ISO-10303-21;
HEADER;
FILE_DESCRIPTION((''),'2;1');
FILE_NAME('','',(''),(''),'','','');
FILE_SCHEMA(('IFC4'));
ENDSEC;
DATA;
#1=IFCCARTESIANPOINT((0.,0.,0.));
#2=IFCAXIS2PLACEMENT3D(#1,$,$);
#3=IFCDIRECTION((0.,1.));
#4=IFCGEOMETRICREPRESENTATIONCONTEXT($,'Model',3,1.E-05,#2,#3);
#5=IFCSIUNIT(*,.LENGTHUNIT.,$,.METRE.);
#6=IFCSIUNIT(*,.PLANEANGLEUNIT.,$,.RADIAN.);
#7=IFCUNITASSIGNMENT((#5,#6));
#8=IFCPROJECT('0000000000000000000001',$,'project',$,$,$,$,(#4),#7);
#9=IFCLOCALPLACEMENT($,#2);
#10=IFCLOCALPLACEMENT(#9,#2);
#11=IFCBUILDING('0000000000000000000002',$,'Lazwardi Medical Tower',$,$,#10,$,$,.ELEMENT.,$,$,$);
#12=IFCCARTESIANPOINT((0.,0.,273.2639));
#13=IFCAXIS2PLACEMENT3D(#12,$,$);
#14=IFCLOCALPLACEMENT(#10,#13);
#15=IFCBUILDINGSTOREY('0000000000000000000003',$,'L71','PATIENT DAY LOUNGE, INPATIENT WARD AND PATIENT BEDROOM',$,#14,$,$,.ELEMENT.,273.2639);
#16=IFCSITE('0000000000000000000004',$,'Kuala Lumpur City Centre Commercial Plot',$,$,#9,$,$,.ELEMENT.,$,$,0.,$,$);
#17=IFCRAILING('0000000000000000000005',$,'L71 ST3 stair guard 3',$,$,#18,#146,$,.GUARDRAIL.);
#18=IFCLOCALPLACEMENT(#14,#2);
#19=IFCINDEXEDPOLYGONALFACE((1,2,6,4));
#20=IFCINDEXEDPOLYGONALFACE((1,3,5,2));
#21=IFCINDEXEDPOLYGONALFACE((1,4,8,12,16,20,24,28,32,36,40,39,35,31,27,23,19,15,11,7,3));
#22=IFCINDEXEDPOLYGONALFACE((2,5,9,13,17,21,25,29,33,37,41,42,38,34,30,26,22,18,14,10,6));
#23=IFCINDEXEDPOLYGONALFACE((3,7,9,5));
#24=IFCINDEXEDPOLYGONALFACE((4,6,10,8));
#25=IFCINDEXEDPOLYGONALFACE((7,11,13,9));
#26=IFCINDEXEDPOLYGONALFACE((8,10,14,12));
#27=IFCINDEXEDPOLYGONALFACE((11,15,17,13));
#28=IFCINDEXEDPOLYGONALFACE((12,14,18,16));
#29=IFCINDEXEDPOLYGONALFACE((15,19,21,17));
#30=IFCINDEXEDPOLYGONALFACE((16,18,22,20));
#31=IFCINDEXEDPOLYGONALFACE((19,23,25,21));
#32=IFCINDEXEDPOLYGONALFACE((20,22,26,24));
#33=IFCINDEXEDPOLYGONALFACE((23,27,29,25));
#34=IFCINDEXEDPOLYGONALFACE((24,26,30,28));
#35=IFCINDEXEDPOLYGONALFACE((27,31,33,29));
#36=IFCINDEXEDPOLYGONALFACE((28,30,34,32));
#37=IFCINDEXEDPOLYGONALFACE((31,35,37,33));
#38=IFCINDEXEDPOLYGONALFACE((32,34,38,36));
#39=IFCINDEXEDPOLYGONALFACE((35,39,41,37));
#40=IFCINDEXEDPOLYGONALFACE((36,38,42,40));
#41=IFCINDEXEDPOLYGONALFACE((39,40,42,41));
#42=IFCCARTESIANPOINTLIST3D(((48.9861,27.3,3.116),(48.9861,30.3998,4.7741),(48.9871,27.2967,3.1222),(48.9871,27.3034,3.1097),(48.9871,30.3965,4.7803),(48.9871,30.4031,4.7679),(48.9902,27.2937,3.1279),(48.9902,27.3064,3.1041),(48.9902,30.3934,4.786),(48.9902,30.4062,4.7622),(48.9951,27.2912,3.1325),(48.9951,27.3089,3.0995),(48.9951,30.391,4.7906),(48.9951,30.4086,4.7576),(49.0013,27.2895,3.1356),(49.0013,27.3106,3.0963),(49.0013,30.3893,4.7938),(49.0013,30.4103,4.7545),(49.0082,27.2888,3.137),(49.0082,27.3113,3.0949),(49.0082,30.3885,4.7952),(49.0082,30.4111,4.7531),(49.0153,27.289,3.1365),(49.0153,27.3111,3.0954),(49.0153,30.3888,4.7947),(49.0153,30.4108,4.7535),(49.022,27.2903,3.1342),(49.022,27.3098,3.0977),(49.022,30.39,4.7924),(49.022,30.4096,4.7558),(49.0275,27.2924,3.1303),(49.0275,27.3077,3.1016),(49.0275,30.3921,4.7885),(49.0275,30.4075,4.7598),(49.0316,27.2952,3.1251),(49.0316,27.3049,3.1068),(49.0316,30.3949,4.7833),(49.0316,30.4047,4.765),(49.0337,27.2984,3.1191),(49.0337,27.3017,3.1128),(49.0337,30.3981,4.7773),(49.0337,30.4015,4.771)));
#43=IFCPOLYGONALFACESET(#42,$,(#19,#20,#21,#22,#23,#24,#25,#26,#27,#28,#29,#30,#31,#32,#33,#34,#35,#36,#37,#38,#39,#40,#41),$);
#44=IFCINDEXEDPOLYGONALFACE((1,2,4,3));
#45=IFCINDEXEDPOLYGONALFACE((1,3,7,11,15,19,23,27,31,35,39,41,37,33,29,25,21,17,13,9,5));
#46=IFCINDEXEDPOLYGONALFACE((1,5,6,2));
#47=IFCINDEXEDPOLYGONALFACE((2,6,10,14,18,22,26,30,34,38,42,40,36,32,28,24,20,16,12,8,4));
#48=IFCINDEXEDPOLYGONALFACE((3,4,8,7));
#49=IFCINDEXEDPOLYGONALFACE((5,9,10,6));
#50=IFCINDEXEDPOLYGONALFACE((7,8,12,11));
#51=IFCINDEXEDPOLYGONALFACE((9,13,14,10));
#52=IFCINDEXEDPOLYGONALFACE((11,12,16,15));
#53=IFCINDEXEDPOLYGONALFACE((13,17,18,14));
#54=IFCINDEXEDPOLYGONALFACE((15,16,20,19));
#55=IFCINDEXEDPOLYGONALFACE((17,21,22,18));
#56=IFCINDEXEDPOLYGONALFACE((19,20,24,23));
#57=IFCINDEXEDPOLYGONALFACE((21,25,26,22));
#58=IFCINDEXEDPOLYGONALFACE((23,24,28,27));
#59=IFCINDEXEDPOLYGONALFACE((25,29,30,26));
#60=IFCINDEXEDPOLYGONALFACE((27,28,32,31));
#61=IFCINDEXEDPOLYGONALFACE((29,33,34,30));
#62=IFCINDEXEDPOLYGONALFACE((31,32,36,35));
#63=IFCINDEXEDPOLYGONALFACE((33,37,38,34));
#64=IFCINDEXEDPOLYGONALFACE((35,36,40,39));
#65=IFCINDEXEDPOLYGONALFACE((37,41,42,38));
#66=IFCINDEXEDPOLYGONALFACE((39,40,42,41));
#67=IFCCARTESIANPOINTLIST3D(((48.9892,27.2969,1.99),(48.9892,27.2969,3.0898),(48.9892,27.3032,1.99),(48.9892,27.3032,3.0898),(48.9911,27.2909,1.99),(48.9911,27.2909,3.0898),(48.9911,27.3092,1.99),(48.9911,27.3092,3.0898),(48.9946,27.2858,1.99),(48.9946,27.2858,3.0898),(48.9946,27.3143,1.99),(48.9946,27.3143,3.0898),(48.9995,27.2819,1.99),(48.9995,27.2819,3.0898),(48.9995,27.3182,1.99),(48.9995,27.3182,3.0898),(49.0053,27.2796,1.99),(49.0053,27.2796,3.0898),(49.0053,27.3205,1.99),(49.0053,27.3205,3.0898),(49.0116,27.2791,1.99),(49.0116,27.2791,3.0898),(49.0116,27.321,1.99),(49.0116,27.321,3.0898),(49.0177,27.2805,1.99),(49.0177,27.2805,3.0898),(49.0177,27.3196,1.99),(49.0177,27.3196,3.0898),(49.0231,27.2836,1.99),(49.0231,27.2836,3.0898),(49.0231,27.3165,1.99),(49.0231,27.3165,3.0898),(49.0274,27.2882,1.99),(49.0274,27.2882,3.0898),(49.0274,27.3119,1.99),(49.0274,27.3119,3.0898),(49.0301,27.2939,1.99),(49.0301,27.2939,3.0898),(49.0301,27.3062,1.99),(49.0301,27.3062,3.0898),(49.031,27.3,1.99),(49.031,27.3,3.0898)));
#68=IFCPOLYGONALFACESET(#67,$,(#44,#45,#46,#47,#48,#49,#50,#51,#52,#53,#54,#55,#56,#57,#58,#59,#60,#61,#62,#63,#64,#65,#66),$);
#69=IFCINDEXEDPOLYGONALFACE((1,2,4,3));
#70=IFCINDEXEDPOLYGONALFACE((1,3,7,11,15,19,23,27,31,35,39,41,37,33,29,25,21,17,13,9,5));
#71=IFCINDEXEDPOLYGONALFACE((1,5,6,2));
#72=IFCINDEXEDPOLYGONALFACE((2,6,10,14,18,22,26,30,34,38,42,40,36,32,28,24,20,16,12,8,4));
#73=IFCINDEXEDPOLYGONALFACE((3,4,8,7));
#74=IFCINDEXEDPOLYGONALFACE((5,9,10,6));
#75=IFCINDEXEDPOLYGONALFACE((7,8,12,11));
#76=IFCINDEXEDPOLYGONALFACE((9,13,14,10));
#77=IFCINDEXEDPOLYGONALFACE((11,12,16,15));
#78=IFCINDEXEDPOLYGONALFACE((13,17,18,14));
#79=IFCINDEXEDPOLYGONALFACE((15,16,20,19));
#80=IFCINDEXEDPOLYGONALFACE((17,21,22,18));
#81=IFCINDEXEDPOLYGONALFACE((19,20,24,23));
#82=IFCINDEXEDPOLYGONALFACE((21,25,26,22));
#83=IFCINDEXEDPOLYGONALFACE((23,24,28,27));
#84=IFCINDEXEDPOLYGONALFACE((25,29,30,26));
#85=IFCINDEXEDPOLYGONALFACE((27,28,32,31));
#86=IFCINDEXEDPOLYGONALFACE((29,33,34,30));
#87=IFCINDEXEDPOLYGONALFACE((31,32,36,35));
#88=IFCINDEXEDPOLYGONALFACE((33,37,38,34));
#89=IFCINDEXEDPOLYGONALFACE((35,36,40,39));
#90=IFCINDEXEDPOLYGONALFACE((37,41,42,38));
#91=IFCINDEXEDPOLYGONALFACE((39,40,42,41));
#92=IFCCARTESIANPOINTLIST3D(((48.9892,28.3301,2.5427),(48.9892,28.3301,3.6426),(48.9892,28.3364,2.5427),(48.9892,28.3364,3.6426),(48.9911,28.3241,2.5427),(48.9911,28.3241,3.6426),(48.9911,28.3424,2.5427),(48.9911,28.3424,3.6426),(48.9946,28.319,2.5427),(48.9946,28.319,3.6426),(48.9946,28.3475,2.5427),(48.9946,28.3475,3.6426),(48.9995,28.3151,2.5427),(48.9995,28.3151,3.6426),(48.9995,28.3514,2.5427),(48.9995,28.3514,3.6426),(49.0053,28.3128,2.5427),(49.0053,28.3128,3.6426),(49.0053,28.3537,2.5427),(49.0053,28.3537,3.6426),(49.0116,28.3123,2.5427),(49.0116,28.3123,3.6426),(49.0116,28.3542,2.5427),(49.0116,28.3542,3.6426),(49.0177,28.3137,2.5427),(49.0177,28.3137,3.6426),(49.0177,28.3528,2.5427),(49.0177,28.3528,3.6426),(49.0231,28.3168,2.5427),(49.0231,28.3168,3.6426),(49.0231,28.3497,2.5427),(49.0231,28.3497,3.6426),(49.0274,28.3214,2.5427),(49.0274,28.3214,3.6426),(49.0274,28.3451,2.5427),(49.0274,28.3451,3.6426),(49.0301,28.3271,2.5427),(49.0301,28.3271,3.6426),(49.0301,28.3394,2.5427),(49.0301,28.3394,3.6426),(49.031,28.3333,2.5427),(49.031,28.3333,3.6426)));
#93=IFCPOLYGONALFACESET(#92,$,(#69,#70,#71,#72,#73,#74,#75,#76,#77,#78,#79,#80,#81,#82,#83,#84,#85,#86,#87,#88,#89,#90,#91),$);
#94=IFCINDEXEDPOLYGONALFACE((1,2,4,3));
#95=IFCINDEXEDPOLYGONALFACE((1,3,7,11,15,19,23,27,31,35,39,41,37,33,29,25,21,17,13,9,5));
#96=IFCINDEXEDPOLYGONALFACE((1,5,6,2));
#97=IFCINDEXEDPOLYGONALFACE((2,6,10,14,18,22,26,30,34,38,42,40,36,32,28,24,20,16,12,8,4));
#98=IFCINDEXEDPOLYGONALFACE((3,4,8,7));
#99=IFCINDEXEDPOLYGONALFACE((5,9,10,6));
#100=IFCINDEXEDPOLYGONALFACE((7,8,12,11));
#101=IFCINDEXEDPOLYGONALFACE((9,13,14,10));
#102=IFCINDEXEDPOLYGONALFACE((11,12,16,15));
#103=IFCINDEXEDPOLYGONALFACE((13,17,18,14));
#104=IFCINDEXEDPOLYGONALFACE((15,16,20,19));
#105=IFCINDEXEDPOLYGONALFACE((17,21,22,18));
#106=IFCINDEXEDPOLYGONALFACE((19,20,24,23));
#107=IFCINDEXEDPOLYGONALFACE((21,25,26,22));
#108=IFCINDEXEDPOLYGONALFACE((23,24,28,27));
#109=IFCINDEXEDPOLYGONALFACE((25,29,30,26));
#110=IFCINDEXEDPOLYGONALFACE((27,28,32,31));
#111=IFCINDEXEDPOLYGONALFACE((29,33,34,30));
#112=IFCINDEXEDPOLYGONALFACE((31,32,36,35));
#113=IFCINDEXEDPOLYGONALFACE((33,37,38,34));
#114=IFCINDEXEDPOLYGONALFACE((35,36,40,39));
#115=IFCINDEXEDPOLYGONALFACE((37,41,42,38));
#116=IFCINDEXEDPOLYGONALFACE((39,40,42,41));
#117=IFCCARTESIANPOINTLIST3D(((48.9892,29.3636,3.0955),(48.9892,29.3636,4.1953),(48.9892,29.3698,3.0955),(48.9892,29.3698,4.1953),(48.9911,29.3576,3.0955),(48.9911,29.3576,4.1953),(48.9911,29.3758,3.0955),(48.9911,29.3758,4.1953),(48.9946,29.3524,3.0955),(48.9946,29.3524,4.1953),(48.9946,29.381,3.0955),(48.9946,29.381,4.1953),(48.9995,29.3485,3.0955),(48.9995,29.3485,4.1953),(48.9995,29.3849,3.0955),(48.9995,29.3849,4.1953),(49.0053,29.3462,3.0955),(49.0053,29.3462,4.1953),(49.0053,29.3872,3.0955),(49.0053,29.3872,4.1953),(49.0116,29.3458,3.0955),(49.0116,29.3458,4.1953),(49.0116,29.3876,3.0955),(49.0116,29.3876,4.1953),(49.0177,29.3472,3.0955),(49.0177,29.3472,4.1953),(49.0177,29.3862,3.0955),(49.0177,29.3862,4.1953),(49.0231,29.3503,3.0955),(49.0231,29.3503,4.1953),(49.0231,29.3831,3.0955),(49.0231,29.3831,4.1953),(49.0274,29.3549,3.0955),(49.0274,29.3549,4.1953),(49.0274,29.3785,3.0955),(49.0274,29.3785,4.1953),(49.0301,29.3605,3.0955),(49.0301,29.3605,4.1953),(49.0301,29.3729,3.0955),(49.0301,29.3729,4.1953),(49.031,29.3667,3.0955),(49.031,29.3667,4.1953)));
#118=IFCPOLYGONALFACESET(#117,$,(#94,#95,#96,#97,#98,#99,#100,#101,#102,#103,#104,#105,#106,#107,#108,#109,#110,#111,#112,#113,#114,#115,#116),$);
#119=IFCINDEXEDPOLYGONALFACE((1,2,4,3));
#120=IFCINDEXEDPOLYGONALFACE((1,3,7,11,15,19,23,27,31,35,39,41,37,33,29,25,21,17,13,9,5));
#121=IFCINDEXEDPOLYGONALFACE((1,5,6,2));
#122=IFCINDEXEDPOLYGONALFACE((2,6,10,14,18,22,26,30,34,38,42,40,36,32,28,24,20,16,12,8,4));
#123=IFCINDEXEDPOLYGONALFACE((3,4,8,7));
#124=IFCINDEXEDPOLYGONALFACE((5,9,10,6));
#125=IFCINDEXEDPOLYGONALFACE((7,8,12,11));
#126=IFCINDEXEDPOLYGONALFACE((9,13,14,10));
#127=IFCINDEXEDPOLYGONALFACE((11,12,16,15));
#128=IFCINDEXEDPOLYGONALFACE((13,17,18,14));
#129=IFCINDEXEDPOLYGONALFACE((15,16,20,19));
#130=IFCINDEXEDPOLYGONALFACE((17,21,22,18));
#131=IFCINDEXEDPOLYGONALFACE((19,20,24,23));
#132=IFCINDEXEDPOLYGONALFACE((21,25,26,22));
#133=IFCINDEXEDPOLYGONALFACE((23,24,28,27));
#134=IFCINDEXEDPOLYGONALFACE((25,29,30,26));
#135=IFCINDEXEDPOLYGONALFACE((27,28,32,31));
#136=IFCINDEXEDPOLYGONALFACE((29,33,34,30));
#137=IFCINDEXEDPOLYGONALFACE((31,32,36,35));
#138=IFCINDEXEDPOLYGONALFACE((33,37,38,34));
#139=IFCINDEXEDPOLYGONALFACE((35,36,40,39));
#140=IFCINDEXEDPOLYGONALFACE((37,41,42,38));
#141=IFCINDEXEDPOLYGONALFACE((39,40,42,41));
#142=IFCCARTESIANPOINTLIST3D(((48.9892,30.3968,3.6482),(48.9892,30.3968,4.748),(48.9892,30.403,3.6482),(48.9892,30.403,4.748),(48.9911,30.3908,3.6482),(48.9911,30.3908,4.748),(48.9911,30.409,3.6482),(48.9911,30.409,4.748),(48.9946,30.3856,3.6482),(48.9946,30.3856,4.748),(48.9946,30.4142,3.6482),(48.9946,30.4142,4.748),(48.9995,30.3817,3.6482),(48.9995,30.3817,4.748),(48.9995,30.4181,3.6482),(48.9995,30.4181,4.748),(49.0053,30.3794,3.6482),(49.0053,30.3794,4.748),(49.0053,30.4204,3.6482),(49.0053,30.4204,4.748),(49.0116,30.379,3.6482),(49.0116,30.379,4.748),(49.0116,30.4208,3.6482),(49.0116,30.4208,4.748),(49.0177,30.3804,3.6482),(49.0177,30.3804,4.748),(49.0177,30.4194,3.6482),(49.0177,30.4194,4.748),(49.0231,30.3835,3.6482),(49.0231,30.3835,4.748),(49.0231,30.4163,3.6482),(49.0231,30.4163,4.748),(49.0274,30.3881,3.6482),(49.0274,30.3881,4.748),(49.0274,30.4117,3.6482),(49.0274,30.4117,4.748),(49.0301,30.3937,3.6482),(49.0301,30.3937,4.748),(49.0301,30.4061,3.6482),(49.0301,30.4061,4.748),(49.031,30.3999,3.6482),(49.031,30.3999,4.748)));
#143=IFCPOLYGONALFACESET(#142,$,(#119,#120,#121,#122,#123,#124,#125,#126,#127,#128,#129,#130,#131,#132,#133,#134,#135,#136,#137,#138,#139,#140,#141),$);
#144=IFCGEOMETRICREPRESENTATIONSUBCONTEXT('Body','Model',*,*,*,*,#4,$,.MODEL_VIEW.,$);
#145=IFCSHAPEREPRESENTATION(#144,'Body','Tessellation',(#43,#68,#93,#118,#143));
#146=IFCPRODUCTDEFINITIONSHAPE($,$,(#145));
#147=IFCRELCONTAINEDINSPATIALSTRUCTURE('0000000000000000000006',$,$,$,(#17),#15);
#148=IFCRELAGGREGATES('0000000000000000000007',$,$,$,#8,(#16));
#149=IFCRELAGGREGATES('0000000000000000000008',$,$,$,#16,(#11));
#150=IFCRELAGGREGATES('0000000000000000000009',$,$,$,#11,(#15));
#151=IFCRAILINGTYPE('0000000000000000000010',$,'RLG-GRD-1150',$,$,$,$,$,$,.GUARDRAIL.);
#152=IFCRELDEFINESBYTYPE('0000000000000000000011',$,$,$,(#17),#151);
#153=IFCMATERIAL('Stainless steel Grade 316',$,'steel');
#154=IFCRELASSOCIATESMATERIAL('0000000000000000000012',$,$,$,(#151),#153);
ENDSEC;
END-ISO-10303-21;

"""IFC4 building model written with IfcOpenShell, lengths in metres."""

from ifc_helpers import new_model, si_unit, direction, frame, origin, origin_2d, place, context, subcontext, project, spatial, circle, extrude, material, type_object, element, save


model = new_model("IFC4")

# Units and contexts
model_context = context("Model", 3, precision=1e-05, world=origin(), true_north=direction((0.0, 1.0)))
body_context = subcontext(model_context, "Body", "Model", "MODEL_VIEW")
ifc_project = project(units=[si_unit("LENGTHUNIT", "METRE"), si_unit("PLANEANGLEUNIT", "RADIAN")], contexts=[model_context])

# Site, building, storey
site_placement = place(None, origin())
site = spatial("IfcSite", under=ifc_project, at=site_placement, Name="Kuala Lumpur City Centre Commercial Plot", CompositionType="ELEMENT", RefElevation=0.0)
building_placement = place(site_placement, origin())
building = spatial("IfcBuilding", under=site, at=building_placement, Name="Lazwardi Medical Tower", CompositionType="ELEMENT")
storey_placement = place(building_placement, frame((0.0, 0.0, 273.2639)))
storey = spatial("IfcBuildingStorey", under=building, at=storey_placement, Name="L71", Description="PATIENT DAY LOUNGE, INPATIENT WARD AND PATIENT BEDROOM", CompositionType="ELEMENT", Elevation=273.2639)

# Railing
ifc_material_1 = material(Name="Stainless steel Grade 316", Category="steel")
railing_type_1 = type_object("IfcRailingType", Name="RLG-GRD-1150", PredefinedType="GUARDRAIL", material=ifc_material_1)
railing_1_placement = place(storey_placement, frame((49.01, 27.3, 1.99)))
element("IfcRailing", 1, at=railing_1_placement, inside=storey, type_object=railing_type_1, Name="L71 ST3 stair guard 3", PredefinedType="GUARDRAIL", context=body_context, shape_type="SweptSolid", body=[
    extrude(circle(Radius=0.0239, at=origin_2d()), frame((0.0, 0.0, 1.126), z_axis=(0.0, 0.881768, 0.471684), x_axis=(-1.0, 0.0, 0.0)), (0.0, 0.0, 1.0), 3.5154),
    extrude(circle(Radius=0.021, at=origin_2d()), origin(), (0.0, 0.0, 1.0), 1.0999),
    extrude(circle(Radius=0.021, at=origin_2d()), frame((0.0, 1.0332, 0.5527)), (0.0, 0.0, 1.0), 1.0999),
    extrude(circle(Radius=0.021, at=origin_2d()), frame((0.0, 2.0667, 1.1055)), (0.0, 0.0, 1.0), 1.0999),
    extrude(circle(Radius=0.021, at=origin_2d()), frame((0.0, 3.0999, 1.6582)), (0.0, 0.0, 1.0), 1.0999),
])

save(model, "model.ifc")
